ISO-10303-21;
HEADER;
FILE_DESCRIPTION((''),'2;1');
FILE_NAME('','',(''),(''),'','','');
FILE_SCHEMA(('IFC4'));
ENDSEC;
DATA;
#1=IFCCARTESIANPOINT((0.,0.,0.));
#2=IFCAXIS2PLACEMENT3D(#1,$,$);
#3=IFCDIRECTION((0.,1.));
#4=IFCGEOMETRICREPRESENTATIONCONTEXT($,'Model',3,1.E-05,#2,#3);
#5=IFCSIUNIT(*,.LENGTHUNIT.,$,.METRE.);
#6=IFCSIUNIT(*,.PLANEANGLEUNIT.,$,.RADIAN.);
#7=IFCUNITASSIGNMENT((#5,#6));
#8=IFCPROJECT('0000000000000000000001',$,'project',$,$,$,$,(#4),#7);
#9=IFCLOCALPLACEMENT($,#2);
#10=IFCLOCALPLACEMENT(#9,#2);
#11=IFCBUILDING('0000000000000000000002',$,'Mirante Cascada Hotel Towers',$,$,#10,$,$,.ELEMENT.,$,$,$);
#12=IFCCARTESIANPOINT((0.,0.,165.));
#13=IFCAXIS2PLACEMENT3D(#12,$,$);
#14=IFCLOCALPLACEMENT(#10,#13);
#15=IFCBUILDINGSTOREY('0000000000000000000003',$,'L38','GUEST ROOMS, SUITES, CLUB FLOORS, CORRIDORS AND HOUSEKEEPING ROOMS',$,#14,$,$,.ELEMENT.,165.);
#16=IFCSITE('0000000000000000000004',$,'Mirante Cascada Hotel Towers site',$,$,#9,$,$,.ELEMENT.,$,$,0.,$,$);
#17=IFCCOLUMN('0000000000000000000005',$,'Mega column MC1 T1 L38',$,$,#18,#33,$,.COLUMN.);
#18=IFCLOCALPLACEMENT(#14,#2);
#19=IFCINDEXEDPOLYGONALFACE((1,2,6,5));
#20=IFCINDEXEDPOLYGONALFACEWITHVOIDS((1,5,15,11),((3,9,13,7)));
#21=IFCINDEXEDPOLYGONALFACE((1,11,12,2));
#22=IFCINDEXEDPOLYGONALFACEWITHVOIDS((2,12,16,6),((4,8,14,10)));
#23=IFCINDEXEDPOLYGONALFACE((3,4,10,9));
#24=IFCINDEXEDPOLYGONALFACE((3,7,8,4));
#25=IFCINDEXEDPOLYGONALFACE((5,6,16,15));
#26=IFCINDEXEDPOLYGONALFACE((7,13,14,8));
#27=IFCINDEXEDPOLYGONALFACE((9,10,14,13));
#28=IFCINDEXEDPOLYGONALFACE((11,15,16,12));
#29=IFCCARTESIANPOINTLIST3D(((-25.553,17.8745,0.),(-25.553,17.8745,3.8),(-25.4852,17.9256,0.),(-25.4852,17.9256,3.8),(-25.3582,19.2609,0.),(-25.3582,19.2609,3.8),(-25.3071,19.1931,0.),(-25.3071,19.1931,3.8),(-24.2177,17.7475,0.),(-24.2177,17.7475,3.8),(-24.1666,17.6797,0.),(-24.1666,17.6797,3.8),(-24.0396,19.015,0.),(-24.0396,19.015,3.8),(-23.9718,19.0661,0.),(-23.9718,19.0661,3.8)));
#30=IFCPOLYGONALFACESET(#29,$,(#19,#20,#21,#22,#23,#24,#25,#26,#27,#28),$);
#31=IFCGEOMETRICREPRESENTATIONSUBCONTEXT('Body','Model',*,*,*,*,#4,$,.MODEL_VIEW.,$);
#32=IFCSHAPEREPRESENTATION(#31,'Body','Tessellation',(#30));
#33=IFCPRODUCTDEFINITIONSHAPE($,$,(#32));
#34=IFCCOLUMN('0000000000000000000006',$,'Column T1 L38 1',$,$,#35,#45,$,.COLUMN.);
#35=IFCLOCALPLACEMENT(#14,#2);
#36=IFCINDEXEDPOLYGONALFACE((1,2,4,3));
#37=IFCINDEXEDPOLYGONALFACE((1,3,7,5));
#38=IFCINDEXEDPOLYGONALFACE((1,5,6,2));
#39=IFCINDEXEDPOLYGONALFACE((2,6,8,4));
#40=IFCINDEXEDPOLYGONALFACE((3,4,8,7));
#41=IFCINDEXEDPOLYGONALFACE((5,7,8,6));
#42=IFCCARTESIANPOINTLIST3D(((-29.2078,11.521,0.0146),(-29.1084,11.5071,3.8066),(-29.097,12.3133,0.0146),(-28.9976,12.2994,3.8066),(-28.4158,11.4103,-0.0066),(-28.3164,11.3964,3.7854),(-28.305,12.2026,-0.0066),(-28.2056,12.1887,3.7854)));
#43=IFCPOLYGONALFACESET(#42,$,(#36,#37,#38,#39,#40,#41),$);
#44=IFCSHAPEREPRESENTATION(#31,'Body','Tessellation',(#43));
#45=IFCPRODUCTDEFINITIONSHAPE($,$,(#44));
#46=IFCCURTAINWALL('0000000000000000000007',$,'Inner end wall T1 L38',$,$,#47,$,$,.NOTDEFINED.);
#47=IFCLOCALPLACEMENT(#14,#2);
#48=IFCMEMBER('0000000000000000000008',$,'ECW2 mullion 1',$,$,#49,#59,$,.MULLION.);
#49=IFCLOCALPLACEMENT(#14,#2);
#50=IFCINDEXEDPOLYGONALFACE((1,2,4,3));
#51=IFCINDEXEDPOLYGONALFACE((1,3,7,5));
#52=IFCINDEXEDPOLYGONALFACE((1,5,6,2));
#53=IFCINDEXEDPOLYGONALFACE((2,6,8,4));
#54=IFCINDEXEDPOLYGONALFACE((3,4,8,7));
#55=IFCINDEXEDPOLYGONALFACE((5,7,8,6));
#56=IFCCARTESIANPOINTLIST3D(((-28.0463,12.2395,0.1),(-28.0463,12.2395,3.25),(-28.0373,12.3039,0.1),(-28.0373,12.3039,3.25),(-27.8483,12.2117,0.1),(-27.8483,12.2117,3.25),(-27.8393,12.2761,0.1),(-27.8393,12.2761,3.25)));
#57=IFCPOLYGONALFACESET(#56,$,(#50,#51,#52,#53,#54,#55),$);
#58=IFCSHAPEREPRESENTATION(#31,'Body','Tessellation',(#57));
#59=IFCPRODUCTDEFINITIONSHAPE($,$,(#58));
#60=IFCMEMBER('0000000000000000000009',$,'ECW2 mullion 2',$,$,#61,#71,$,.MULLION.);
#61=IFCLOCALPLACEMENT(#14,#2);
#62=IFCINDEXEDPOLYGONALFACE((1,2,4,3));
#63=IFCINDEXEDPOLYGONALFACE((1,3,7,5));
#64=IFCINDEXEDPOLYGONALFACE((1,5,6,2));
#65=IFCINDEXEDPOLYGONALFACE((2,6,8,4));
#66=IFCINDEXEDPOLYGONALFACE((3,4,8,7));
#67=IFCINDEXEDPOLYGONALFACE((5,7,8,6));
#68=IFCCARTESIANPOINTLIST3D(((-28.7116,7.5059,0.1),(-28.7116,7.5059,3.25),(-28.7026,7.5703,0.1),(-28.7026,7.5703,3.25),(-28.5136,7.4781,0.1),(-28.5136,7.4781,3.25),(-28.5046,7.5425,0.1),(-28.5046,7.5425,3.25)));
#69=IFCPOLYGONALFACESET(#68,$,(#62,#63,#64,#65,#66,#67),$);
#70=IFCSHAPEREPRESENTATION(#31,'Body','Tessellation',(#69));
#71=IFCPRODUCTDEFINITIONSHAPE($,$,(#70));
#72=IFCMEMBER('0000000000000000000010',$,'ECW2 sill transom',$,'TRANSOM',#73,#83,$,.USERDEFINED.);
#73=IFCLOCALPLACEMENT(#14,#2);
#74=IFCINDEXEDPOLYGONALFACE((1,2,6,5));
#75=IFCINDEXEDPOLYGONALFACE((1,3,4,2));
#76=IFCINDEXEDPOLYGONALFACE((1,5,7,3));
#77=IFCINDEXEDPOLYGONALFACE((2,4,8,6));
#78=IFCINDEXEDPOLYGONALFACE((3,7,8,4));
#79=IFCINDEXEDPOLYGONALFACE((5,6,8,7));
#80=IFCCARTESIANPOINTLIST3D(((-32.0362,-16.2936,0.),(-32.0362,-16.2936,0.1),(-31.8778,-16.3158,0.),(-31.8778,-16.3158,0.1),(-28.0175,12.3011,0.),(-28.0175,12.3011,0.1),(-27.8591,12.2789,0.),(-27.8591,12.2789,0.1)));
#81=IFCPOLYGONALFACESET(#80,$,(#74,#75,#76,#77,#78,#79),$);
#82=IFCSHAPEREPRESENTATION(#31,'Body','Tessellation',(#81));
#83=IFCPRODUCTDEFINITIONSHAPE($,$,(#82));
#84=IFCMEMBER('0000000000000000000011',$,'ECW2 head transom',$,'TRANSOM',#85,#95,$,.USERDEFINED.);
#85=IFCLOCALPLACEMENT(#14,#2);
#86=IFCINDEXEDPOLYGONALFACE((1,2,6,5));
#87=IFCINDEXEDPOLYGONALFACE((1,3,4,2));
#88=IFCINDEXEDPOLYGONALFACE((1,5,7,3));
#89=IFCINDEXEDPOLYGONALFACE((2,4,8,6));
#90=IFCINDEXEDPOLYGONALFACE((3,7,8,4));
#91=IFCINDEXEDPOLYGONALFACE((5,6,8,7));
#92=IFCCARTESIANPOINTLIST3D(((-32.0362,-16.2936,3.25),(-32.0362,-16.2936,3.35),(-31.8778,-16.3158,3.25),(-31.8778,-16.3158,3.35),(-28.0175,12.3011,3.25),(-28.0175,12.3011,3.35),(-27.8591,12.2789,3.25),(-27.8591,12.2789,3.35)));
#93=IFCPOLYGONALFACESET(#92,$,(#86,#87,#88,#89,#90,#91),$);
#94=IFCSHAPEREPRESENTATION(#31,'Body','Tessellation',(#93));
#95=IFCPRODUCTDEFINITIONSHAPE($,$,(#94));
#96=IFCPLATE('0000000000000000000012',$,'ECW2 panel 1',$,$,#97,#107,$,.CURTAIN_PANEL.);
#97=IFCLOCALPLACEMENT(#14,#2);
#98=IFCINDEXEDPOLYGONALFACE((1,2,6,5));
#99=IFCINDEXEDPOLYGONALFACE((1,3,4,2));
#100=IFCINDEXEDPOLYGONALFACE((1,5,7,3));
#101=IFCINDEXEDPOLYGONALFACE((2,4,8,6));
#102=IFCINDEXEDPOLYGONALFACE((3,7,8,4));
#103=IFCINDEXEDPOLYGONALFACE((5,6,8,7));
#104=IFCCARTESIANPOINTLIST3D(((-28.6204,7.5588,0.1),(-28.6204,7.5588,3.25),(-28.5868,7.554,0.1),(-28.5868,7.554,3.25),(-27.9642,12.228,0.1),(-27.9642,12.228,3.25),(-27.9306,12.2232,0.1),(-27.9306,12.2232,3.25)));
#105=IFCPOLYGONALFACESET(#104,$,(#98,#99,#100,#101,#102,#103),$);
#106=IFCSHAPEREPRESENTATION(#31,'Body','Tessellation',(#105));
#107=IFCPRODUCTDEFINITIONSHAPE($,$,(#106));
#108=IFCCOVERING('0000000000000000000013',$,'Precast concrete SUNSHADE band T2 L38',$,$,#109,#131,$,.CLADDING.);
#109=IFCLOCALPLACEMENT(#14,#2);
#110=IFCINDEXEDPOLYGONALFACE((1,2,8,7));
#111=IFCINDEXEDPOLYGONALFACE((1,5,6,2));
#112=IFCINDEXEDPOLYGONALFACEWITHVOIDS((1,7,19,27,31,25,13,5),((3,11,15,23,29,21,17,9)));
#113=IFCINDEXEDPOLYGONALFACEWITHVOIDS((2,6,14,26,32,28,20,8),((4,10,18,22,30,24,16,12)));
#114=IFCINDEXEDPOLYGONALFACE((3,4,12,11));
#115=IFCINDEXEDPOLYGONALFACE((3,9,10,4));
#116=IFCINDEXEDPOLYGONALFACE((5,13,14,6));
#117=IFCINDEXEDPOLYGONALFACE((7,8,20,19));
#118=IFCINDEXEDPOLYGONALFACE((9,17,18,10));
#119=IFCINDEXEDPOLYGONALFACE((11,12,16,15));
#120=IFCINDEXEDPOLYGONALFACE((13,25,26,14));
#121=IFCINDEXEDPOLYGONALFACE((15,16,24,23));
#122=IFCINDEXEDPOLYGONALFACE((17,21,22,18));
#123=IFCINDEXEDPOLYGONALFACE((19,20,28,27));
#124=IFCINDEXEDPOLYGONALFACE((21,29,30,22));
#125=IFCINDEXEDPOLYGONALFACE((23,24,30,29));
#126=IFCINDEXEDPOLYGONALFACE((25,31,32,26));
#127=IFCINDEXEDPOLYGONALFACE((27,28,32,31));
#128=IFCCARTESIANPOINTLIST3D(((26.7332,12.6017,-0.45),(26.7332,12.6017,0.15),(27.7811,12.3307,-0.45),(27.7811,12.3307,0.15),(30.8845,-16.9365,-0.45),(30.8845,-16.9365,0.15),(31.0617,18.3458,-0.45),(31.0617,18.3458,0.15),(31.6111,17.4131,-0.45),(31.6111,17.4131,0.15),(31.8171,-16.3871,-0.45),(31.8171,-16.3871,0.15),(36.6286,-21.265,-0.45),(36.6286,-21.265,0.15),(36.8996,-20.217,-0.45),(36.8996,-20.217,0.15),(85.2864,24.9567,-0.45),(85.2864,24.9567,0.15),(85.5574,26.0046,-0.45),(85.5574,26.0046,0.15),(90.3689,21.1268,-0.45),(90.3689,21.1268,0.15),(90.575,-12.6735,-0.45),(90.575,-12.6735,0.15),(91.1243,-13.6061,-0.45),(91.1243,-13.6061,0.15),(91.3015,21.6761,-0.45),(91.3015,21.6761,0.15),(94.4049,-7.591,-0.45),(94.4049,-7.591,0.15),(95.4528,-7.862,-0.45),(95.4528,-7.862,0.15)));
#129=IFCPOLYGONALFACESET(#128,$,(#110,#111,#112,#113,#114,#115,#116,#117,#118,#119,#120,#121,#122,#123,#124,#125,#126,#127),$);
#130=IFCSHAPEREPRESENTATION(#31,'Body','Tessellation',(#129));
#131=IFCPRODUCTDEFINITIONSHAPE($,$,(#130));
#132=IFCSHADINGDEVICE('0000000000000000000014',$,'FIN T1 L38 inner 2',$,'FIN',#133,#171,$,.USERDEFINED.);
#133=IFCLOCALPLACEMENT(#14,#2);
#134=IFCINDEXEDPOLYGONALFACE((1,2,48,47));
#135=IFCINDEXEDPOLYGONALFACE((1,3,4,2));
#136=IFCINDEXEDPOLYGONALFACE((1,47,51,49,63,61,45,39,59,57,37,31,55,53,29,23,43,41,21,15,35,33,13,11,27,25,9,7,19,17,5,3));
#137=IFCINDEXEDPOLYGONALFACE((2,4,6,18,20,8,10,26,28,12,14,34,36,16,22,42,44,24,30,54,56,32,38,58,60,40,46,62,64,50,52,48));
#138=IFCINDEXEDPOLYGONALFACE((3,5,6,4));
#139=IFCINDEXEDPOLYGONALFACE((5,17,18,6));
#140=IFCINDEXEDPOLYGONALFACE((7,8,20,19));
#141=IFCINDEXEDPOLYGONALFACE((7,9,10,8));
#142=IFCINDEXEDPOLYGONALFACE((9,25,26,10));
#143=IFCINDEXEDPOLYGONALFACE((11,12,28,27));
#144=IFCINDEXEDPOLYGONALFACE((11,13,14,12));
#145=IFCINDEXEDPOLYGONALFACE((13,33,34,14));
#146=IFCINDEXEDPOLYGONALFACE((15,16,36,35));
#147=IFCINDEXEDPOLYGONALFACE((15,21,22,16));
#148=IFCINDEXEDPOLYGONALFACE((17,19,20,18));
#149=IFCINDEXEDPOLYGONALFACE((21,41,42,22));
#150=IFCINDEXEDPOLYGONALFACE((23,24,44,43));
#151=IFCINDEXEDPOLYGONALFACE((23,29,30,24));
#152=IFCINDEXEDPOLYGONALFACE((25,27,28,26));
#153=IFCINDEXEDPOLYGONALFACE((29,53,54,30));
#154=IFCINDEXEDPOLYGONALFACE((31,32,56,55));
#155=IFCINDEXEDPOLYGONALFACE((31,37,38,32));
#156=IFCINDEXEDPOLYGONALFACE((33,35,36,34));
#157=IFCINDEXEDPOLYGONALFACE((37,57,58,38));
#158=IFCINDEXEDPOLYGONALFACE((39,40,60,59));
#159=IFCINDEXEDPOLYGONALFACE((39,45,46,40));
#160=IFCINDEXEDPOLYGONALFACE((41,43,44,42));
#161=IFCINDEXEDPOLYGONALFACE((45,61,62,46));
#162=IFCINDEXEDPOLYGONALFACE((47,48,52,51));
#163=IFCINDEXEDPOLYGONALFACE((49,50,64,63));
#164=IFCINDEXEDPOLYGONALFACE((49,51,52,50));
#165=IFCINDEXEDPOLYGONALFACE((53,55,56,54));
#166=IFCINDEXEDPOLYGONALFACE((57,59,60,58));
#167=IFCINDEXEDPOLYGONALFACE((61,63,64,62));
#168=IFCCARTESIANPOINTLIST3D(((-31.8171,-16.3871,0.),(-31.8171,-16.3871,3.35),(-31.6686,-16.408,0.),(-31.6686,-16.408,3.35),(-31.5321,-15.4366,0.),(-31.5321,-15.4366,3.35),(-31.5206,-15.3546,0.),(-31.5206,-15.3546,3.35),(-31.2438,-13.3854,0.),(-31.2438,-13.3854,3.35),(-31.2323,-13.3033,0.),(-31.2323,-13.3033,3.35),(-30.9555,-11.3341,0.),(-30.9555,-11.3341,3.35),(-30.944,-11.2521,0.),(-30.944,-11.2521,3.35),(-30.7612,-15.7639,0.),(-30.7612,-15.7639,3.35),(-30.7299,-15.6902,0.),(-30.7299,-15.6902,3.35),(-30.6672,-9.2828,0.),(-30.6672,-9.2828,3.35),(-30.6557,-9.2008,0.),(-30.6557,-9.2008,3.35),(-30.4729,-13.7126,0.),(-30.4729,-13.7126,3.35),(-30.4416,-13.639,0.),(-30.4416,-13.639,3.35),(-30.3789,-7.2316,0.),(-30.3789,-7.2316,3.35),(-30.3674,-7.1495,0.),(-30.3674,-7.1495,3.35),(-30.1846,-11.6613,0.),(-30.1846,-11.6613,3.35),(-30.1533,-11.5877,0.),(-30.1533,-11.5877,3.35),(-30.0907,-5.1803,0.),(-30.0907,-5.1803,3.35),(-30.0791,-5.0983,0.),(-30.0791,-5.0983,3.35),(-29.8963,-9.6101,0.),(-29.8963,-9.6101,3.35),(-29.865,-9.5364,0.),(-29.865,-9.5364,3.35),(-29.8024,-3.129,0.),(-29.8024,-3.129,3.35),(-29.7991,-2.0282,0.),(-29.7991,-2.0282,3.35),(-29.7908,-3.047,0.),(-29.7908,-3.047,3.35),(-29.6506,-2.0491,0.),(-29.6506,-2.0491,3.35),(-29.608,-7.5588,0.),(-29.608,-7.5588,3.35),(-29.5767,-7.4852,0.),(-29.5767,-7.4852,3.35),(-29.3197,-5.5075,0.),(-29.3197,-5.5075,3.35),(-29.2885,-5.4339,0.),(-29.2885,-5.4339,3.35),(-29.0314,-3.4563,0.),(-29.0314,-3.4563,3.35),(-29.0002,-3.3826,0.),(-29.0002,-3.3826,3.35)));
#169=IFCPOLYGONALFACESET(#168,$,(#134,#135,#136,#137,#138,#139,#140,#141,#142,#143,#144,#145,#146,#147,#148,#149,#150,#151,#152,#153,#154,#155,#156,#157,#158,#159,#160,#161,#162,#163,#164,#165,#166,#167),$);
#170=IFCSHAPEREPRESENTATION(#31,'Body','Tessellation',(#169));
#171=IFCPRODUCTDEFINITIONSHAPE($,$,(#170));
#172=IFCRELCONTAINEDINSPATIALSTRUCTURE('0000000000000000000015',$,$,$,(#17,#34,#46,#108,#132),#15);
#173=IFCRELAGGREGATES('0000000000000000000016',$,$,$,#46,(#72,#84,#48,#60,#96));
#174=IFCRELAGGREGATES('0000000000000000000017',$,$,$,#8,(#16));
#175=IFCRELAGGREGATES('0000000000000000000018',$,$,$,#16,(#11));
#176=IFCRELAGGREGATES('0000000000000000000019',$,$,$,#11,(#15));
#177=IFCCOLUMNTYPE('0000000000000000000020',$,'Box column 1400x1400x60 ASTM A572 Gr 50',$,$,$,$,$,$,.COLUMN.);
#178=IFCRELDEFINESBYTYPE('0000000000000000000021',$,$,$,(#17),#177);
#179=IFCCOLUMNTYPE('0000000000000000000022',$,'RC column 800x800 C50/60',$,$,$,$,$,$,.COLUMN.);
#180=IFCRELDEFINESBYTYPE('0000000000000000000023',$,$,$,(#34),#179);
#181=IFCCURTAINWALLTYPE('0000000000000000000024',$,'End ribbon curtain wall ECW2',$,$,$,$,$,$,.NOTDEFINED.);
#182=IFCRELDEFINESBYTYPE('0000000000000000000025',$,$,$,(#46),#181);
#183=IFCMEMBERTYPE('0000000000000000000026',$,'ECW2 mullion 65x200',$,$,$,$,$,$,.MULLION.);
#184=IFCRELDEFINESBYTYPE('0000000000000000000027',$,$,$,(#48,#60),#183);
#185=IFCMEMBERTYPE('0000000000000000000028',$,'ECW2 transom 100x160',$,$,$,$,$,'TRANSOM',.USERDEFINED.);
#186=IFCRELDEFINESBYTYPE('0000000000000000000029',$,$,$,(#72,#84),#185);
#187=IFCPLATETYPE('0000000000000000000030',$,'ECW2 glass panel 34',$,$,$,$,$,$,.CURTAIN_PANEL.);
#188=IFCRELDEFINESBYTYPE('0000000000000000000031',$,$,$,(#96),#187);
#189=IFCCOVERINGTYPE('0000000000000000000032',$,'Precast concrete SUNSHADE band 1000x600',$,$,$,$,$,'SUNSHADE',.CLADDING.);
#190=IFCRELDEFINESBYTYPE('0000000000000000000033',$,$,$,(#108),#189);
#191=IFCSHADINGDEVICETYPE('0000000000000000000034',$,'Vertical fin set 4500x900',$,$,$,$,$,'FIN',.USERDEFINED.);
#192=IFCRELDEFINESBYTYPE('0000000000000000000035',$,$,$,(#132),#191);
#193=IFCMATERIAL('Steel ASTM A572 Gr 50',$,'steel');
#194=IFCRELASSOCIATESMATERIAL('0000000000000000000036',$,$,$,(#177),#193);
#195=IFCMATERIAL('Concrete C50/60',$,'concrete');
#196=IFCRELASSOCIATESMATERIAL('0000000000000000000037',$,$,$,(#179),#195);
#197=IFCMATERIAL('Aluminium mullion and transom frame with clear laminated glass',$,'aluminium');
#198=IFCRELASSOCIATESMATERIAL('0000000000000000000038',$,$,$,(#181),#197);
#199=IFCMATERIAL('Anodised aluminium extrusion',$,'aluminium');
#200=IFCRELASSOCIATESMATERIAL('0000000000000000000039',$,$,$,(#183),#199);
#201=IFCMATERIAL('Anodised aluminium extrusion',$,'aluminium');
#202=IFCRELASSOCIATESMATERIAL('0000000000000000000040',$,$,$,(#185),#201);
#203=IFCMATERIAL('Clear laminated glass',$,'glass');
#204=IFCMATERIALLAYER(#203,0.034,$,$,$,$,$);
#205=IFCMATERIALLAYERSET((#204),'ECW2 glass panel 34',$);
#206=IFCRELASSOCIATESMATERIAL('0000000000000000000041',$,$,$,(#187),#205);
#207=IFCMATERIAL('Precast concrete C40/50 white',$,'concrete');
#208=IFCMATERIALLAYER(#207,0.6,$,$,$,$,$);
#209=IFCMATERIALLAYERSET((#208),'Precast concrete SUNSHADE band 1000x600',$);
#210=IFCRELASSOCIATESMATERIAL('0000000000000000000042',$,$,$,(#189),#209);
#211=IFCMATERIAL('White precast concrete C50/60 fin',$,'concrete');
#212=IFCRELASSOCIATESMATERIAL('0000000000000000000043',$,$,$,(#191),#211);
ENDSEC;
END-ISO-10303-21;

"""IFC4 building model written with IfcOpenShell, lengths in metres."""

from ifc_helpers import new_model, si_unit, direction, frame, origin, origin_2d, place, context, subcontext, project, spatial, polyline, rectangle, hollow_rectangle, outline, extrude, material, layer, layer_set, material_profile, profile_set, type_object, element, aggregate, save


model = new_model("IFC4")

# Units and contexts
model_context = context("Model", 3, precision=1e-05, world=origin(), true_north=direction((0.0, 1.0)))
body_context = subcontext(model_context, "Body", "Model", "MODEL_VIEW")
ifc_project = project(units=[si_unit("LENGTHUNIT", "METRE"), si_unit("PLANEANGLEUNIT", "RADIAN")], contexts=[model_context])

# Site, building, storey
site_placement = place(None, origin())
site = spatial("IfcSite", under=ifc_project, at=site_placement, Name="Mirante Cascada Hotel Towers site", CompositionType="ELEMENT", RefElevation=0.0)
building_placement = place(site_placement, origin())
building = spatial("IfcBuilding", under=site, at=building_placement, Name="Mirante Cascada Hotel Towers", CompositionType="ELEMENT")
storey_placement = place(building_placement, frame((0.0, 0.0, 165.0)))
storey = spatial("IfcBuildingStorey", under=building, at=storey_placement, Name="L38", Description="GUEST ROOMS, SUITES, CLUB FLOORS, CORRIDORS AND HOUSEKEEPING ROOMS", CompositionType="ELEMENT", Elevation=165.0)

# Columns
ifc_material_1 = material(Name="Steel ASTM A572 Gr 50", Category="steel")
ifc_material_profile_1 = material_profile(ifc_material_1, hollow_rectangle(XDim=1.4, YDim=1.4, WallThickness=0.06, at=origin_2d()), Name="Box column 1400x1400x60 ASTM A572 Gr 50")
ifc_profile_set_1 = profile_set([ifc_material_profile_1], Name="Steel ASTM A572 Gr 50")
column_type_1 = type_object("IfcColumnType", Name="Box column 1400x1400x60 ASTM A572 Gr 50", PredefinedType="COLUMN", material=ifc_profile_set_1)
column_1_placement = place(storey_placement, frame((-24.7624, 18.4703, 0.0), z_axis=(0.0, 0.0, 1.0), x_axis=(-0.990268, 0.139173, 0.0)))
element("IfcColumn", 1, at=column_1_placement, inside=storey, type_object=column_type_1, Name="Mega column MC1 T1 L38", PredefinedType="COLUMN", context=body_context, shape_type="SweptSolid", body=[
    extrude(hollow_rectangle(XDim=1.4, YDim=1.4, WallThickness=0.06, at=origin_2d()), origin(), (0.0, 0.0, 1.0), 3.8),
])
ifc_material_2 = material(Name="Concrete C50/60", Category="concrete")
ifc_material_profile_2 = material_profile(ifc_material_2, rectangle(XDim=0.8, YDim=0.8, at=origin_2d()), Name="RC column 800x800 C50/60")
ifc_profile_set_2 = profile_set([ifc_material_profile_2], Name="Concrete C50/60")
column_type_2 = type_object("IfcColumnType", Name="RC column 800x800 C50/60", PredefinedType="COLUMN", material=ifc_profile_set_2)
column_2_placement = place(storey_placement, frame((-28.7564, 11.8618, 0.004), z_axis=(0.026204, -0.003664, 0.99965), x_axis=(0.138491, 0.990364, 0.0)))
element("IfcColumn", 2, at=column_2_placement, inside=storey, type_object=column_type_2, Name="Column T1 L38 1", PredefinedType="COLUMN", context=body_context, shape_type="SweptSolid", body=[
    extrude(rectangle(XDim=0.8, YDim=0.8, at=origin_2d()), origin(), (0.0, 0.0, 1.0), 3.7933),
])

# Curtain wall, members, plate
ifc_material_3 = material(Name="Aluminium mullion and transom frame with clear laminated glass", Category="aluminium")
curtain_wall_type = type_object("IfcCurtainWallType", Name="End ribbon curtain wall ECW2", PredefinedType="NOTDEFINED", material=ifc_material_3)
curtain_wall_placement = place(storey_placement, origin())
curtain_wall = element("IfcCurtainWall", 3, at=curtain_wall_placement, inside=storey, type_object=curtain_wall_type, Name="Inner end wall T1 L38", PredefinedType="NOTDEFINED")
ifc_material_4 = material(Name="Anodised aluminium extrusion", Category="aluminium")
ifc_material_profile_3 = material_profile(ifc_material_4, rectangle(XDim=0.2, YDim=0.065, at=origin_2d()), Name="ECW2 MULLION 65x200")
ifc_profile_set_3 = profile_set([ifc_material_profile_3], Name="Anodised aluminium extrusion")
member_type_1 = type_object("IfcMemberType", Name="ECW2 mullion 65x200", PredefinedType="MULLION", material=ifc_profile_set_3)
member_1_placement = place(storey_placement, frame((-27.9428, 12.2578, 0.1), z_axis=(0.0, 0.0, 1.0), x_axis=(0.990268, -0.139173, 0.0)))
member_1 = element("IfcMember", 4, at=member_1_placement, type_object=member_type_1, Name="ECW2 mullion 1", PredefinedType="MULLION", context=body_context, shape_type="SweptSolid", body=[
    extrude(rectangle(XDim=0.2, YDim=0.065, at=origin_2d()), origin(), (0.0, 0.0, 1.0), 3.15),
])
member_2_placement = place(storey_placement, frame((-28.6081, 7.5242, 0.1), z_axis=(0.0, 0.0, 1.0), x_axis=(0.990268, -0.139173, 0.0)))
member_2 = element("IfcMember", 5, at=member_2_placement, type_object=member_type_1, Name="ECW2 mullion 2", PredefinedType="MULLION", context=body_context, shape_type="SweptSolid", body=[
    extrude(rectangle(XDim=0.2, YDim=0.065, at=origin_2d()), origin(), (0.0, 0.0, 1.0), 3.15),
])
ifc_material_5 = material(Name="Anodised aluminium extrusion", Category="aluminium")
ifc_material_profile_4 = material_profile(ifc_material_5, rectangle(XDim=0.16, YDim=0.1, at=origin_2d()), Name="ECW2 TRANSOM 100x160")
ifc_profile_set_4 = profile_set([ifc_material_profile_4], Name="Anodised aluminium extrusion")
member_type_2 = type_object("IfcMemberType", Name="ECW2 transom 100x160", ElementType="TRANSOM", PredefinedType="USERDEFINED", material=ifc_profile_set_4)
member_3_placement = place(storey_placement, frame((-27.9383, 12.29, 0.05), z_axis=(-0.139172, -0.990268, 0.0), x_axis=(0.990268, -0.139172, 0.0)))
member_3 = element("IfcMember", 6, at=member_3_placement, type_object=member_type_2, Name="ECW2 sill transom", ObjectType="TRANSOM", PredefinedType="USERDEFINED", context=body_context, shape_type="SweptSolid", body=[
    extrude(rectangle(XDim=0.16, YDim=0.1, at=origin_2d()), origin(), (0.0, 0.0, 1.0), 28.8757),
])
member_4_placement = place(storey_placement, frame((-27.9383, 12.29, 3.3), z_axis=(-0.139172, -0.990268, 0.0), x_axis=(0.990268, -0.139172, 0.0)))
member_4 = element("IfcMember", 7, at=member_4_placement, type_object=member_type_2, Name="ECW2 head transom", ObjectType="TRANSOM", PredefinedType="USERDEFINED", context=body_context, shape_type="SweptSolid", body=[
    extrude(rectangle(XDim=0.16, YDim=0.1, at=origin_2d()), origin(), (0.0, 0.0, 1.0), 28.8757),
])
ifc_material_6 = material(Name="Clear laminated glass", Category="glass")
ifc_layer_1 = layer(ifc_material_6, 0.034)
ifc_layer_set_1 = layer_set([ifc_layer_1], Name="ECW2 glass panel 34")
plate_type = type_object("IfcPlateType", Name="ECW2 glass panel 34", PredefinedType="CURTAIN_PANEL", material=ifc_layer_set_1)
plate_placement = place(storey_placement, frame((-28.2755, 9.891, 0.1), z_axis=(0.0, 0.0, 1.0), x_axis=(-0.139173, -0.990268, 0.0)))
plate = element("IfcPlate", 8, at=plate_placement, type_object=plate_type, Name="ECW2 panel 1", PredefinedType="CURTAIN_PANEL", context=body_context, shape_type="SweptSolid", body=[
    extrude(rectangle(XDim=4.7151, YDim=0.034, at=origin_2d()), origin(), (0.0, 0.0, 1.0), 3.15),
])
aggregate(curtain_wall, [member_3, member_4, member_1, member_2, plate])

# Covering
ifc_material_7 = material(Name="Precast concrete C40/50 white", Category="concrete")
ifc_layer_2 = layer(ifc_material_7, 0.6)
ifc_layer_set_2 = layer_set([ifc_layer_2], Name="Precast concrete SUNSHADE band 1000x600")
covering_type = type_object("IfcCoveringType", Name="Precast concrete SUNSHADE band 1000x600", ElementType="SUNSHADE", PredefinedType="CLADDING", material=ifc_layer_set_2)
covering_placement = place(storey_placement, frame((0.0, 0.0, -0.45)))
element("IfcCovering", 9, at=covering_placement, inside=storey, type_object=covering_type, Name="Precast concrete SUNSHADE band T2 L38", PredefinedType="CLADDING", context=body_context, shape_type="SweptSolid", body=[
    extrude(outline(polyline([(26.7332, 12.6017), (31.0617, 18.3458), (85.5574, 26.0046), (91.3015, 21.6761), (95.4528, -7.862), (91.1243, -13.6061), (36.6286, -21.265), (30.8845, -16.9365), (26.7332, 12.6017)]), holes=[polyline([(94.4049, -7.591), (90.3689, 21.1268), (85.2864, 24.9567), (31.6111, 17.4131), (27.7811, 12.3307), (31.8171, -16.3871), (36.8996, -20.217), (90.575, -12.6735), (94.4049, -7.591)])]), origin(), (0.0, 0.0, 1.0), 0.6),
])

# Shading device
ifc_material_8 = material(Name="White precast concrete C50/60 fin", Category="concrete")
shading_device_type = type_object("IfcShadingDeviceType", Name="Vertical fin set 4500x900", ElementType="FIN", PredefinedType="USERDEFINED", material=ifc_material_8)
shading_device_1_placement = place(storey_placement, origin())
element("IfcShadingDevice", 10, at=shading_device_1_placement, inside=storey, type_object=shading_device_type, Name="FIN T1 L38 inner 2", ObjectType="FIN", PredefinedType="USERDEFINED", context=body_context, shape_type="SweptSolid", body=[
    extrude(outline(polyline([(-31.5321, -15.4366), (-31.6686, -16.408), (-31.8171, -16.3871), (-29.7991, -2.0282), (-29.6506, -2.0491), (-29.7908, -3.047), (-29.0002, -3.3826), (-29.0314, -3.4563), (-29.8024, -3.129), (-30.0791, -5.0983), (-29.2885, -5.4339), (-29.3197, -5.5075), (-30.0907, -5.1803), (-30.3674, -7.1495), (-29.5767, -7.4852), (-29.608, -7.5588), (-30.3789, -7.2316), (-30.6557, -9.2008), (-29.865, -9.5364), (-29.8963, -9.6101), (-30.6672, -9.2828), (-30.944, -11.2521), (-30.1533, -11.5877), (-30.1846, -11.6613), (-30.9555, -11.3341), (-31.2323, -13.3033), (-30.4416, -13.639), (-30.4729, -13.7126), (-31.2438, -13.3854), (-31.5206, -15.3546), (-30.7299, -15.6902), (-30.7612, -15.7639), (-31.5321, -15.4366)])), origin(), (0.0, 0.0, 1.0), 3.35),
])

save(model, "model.ifc")
